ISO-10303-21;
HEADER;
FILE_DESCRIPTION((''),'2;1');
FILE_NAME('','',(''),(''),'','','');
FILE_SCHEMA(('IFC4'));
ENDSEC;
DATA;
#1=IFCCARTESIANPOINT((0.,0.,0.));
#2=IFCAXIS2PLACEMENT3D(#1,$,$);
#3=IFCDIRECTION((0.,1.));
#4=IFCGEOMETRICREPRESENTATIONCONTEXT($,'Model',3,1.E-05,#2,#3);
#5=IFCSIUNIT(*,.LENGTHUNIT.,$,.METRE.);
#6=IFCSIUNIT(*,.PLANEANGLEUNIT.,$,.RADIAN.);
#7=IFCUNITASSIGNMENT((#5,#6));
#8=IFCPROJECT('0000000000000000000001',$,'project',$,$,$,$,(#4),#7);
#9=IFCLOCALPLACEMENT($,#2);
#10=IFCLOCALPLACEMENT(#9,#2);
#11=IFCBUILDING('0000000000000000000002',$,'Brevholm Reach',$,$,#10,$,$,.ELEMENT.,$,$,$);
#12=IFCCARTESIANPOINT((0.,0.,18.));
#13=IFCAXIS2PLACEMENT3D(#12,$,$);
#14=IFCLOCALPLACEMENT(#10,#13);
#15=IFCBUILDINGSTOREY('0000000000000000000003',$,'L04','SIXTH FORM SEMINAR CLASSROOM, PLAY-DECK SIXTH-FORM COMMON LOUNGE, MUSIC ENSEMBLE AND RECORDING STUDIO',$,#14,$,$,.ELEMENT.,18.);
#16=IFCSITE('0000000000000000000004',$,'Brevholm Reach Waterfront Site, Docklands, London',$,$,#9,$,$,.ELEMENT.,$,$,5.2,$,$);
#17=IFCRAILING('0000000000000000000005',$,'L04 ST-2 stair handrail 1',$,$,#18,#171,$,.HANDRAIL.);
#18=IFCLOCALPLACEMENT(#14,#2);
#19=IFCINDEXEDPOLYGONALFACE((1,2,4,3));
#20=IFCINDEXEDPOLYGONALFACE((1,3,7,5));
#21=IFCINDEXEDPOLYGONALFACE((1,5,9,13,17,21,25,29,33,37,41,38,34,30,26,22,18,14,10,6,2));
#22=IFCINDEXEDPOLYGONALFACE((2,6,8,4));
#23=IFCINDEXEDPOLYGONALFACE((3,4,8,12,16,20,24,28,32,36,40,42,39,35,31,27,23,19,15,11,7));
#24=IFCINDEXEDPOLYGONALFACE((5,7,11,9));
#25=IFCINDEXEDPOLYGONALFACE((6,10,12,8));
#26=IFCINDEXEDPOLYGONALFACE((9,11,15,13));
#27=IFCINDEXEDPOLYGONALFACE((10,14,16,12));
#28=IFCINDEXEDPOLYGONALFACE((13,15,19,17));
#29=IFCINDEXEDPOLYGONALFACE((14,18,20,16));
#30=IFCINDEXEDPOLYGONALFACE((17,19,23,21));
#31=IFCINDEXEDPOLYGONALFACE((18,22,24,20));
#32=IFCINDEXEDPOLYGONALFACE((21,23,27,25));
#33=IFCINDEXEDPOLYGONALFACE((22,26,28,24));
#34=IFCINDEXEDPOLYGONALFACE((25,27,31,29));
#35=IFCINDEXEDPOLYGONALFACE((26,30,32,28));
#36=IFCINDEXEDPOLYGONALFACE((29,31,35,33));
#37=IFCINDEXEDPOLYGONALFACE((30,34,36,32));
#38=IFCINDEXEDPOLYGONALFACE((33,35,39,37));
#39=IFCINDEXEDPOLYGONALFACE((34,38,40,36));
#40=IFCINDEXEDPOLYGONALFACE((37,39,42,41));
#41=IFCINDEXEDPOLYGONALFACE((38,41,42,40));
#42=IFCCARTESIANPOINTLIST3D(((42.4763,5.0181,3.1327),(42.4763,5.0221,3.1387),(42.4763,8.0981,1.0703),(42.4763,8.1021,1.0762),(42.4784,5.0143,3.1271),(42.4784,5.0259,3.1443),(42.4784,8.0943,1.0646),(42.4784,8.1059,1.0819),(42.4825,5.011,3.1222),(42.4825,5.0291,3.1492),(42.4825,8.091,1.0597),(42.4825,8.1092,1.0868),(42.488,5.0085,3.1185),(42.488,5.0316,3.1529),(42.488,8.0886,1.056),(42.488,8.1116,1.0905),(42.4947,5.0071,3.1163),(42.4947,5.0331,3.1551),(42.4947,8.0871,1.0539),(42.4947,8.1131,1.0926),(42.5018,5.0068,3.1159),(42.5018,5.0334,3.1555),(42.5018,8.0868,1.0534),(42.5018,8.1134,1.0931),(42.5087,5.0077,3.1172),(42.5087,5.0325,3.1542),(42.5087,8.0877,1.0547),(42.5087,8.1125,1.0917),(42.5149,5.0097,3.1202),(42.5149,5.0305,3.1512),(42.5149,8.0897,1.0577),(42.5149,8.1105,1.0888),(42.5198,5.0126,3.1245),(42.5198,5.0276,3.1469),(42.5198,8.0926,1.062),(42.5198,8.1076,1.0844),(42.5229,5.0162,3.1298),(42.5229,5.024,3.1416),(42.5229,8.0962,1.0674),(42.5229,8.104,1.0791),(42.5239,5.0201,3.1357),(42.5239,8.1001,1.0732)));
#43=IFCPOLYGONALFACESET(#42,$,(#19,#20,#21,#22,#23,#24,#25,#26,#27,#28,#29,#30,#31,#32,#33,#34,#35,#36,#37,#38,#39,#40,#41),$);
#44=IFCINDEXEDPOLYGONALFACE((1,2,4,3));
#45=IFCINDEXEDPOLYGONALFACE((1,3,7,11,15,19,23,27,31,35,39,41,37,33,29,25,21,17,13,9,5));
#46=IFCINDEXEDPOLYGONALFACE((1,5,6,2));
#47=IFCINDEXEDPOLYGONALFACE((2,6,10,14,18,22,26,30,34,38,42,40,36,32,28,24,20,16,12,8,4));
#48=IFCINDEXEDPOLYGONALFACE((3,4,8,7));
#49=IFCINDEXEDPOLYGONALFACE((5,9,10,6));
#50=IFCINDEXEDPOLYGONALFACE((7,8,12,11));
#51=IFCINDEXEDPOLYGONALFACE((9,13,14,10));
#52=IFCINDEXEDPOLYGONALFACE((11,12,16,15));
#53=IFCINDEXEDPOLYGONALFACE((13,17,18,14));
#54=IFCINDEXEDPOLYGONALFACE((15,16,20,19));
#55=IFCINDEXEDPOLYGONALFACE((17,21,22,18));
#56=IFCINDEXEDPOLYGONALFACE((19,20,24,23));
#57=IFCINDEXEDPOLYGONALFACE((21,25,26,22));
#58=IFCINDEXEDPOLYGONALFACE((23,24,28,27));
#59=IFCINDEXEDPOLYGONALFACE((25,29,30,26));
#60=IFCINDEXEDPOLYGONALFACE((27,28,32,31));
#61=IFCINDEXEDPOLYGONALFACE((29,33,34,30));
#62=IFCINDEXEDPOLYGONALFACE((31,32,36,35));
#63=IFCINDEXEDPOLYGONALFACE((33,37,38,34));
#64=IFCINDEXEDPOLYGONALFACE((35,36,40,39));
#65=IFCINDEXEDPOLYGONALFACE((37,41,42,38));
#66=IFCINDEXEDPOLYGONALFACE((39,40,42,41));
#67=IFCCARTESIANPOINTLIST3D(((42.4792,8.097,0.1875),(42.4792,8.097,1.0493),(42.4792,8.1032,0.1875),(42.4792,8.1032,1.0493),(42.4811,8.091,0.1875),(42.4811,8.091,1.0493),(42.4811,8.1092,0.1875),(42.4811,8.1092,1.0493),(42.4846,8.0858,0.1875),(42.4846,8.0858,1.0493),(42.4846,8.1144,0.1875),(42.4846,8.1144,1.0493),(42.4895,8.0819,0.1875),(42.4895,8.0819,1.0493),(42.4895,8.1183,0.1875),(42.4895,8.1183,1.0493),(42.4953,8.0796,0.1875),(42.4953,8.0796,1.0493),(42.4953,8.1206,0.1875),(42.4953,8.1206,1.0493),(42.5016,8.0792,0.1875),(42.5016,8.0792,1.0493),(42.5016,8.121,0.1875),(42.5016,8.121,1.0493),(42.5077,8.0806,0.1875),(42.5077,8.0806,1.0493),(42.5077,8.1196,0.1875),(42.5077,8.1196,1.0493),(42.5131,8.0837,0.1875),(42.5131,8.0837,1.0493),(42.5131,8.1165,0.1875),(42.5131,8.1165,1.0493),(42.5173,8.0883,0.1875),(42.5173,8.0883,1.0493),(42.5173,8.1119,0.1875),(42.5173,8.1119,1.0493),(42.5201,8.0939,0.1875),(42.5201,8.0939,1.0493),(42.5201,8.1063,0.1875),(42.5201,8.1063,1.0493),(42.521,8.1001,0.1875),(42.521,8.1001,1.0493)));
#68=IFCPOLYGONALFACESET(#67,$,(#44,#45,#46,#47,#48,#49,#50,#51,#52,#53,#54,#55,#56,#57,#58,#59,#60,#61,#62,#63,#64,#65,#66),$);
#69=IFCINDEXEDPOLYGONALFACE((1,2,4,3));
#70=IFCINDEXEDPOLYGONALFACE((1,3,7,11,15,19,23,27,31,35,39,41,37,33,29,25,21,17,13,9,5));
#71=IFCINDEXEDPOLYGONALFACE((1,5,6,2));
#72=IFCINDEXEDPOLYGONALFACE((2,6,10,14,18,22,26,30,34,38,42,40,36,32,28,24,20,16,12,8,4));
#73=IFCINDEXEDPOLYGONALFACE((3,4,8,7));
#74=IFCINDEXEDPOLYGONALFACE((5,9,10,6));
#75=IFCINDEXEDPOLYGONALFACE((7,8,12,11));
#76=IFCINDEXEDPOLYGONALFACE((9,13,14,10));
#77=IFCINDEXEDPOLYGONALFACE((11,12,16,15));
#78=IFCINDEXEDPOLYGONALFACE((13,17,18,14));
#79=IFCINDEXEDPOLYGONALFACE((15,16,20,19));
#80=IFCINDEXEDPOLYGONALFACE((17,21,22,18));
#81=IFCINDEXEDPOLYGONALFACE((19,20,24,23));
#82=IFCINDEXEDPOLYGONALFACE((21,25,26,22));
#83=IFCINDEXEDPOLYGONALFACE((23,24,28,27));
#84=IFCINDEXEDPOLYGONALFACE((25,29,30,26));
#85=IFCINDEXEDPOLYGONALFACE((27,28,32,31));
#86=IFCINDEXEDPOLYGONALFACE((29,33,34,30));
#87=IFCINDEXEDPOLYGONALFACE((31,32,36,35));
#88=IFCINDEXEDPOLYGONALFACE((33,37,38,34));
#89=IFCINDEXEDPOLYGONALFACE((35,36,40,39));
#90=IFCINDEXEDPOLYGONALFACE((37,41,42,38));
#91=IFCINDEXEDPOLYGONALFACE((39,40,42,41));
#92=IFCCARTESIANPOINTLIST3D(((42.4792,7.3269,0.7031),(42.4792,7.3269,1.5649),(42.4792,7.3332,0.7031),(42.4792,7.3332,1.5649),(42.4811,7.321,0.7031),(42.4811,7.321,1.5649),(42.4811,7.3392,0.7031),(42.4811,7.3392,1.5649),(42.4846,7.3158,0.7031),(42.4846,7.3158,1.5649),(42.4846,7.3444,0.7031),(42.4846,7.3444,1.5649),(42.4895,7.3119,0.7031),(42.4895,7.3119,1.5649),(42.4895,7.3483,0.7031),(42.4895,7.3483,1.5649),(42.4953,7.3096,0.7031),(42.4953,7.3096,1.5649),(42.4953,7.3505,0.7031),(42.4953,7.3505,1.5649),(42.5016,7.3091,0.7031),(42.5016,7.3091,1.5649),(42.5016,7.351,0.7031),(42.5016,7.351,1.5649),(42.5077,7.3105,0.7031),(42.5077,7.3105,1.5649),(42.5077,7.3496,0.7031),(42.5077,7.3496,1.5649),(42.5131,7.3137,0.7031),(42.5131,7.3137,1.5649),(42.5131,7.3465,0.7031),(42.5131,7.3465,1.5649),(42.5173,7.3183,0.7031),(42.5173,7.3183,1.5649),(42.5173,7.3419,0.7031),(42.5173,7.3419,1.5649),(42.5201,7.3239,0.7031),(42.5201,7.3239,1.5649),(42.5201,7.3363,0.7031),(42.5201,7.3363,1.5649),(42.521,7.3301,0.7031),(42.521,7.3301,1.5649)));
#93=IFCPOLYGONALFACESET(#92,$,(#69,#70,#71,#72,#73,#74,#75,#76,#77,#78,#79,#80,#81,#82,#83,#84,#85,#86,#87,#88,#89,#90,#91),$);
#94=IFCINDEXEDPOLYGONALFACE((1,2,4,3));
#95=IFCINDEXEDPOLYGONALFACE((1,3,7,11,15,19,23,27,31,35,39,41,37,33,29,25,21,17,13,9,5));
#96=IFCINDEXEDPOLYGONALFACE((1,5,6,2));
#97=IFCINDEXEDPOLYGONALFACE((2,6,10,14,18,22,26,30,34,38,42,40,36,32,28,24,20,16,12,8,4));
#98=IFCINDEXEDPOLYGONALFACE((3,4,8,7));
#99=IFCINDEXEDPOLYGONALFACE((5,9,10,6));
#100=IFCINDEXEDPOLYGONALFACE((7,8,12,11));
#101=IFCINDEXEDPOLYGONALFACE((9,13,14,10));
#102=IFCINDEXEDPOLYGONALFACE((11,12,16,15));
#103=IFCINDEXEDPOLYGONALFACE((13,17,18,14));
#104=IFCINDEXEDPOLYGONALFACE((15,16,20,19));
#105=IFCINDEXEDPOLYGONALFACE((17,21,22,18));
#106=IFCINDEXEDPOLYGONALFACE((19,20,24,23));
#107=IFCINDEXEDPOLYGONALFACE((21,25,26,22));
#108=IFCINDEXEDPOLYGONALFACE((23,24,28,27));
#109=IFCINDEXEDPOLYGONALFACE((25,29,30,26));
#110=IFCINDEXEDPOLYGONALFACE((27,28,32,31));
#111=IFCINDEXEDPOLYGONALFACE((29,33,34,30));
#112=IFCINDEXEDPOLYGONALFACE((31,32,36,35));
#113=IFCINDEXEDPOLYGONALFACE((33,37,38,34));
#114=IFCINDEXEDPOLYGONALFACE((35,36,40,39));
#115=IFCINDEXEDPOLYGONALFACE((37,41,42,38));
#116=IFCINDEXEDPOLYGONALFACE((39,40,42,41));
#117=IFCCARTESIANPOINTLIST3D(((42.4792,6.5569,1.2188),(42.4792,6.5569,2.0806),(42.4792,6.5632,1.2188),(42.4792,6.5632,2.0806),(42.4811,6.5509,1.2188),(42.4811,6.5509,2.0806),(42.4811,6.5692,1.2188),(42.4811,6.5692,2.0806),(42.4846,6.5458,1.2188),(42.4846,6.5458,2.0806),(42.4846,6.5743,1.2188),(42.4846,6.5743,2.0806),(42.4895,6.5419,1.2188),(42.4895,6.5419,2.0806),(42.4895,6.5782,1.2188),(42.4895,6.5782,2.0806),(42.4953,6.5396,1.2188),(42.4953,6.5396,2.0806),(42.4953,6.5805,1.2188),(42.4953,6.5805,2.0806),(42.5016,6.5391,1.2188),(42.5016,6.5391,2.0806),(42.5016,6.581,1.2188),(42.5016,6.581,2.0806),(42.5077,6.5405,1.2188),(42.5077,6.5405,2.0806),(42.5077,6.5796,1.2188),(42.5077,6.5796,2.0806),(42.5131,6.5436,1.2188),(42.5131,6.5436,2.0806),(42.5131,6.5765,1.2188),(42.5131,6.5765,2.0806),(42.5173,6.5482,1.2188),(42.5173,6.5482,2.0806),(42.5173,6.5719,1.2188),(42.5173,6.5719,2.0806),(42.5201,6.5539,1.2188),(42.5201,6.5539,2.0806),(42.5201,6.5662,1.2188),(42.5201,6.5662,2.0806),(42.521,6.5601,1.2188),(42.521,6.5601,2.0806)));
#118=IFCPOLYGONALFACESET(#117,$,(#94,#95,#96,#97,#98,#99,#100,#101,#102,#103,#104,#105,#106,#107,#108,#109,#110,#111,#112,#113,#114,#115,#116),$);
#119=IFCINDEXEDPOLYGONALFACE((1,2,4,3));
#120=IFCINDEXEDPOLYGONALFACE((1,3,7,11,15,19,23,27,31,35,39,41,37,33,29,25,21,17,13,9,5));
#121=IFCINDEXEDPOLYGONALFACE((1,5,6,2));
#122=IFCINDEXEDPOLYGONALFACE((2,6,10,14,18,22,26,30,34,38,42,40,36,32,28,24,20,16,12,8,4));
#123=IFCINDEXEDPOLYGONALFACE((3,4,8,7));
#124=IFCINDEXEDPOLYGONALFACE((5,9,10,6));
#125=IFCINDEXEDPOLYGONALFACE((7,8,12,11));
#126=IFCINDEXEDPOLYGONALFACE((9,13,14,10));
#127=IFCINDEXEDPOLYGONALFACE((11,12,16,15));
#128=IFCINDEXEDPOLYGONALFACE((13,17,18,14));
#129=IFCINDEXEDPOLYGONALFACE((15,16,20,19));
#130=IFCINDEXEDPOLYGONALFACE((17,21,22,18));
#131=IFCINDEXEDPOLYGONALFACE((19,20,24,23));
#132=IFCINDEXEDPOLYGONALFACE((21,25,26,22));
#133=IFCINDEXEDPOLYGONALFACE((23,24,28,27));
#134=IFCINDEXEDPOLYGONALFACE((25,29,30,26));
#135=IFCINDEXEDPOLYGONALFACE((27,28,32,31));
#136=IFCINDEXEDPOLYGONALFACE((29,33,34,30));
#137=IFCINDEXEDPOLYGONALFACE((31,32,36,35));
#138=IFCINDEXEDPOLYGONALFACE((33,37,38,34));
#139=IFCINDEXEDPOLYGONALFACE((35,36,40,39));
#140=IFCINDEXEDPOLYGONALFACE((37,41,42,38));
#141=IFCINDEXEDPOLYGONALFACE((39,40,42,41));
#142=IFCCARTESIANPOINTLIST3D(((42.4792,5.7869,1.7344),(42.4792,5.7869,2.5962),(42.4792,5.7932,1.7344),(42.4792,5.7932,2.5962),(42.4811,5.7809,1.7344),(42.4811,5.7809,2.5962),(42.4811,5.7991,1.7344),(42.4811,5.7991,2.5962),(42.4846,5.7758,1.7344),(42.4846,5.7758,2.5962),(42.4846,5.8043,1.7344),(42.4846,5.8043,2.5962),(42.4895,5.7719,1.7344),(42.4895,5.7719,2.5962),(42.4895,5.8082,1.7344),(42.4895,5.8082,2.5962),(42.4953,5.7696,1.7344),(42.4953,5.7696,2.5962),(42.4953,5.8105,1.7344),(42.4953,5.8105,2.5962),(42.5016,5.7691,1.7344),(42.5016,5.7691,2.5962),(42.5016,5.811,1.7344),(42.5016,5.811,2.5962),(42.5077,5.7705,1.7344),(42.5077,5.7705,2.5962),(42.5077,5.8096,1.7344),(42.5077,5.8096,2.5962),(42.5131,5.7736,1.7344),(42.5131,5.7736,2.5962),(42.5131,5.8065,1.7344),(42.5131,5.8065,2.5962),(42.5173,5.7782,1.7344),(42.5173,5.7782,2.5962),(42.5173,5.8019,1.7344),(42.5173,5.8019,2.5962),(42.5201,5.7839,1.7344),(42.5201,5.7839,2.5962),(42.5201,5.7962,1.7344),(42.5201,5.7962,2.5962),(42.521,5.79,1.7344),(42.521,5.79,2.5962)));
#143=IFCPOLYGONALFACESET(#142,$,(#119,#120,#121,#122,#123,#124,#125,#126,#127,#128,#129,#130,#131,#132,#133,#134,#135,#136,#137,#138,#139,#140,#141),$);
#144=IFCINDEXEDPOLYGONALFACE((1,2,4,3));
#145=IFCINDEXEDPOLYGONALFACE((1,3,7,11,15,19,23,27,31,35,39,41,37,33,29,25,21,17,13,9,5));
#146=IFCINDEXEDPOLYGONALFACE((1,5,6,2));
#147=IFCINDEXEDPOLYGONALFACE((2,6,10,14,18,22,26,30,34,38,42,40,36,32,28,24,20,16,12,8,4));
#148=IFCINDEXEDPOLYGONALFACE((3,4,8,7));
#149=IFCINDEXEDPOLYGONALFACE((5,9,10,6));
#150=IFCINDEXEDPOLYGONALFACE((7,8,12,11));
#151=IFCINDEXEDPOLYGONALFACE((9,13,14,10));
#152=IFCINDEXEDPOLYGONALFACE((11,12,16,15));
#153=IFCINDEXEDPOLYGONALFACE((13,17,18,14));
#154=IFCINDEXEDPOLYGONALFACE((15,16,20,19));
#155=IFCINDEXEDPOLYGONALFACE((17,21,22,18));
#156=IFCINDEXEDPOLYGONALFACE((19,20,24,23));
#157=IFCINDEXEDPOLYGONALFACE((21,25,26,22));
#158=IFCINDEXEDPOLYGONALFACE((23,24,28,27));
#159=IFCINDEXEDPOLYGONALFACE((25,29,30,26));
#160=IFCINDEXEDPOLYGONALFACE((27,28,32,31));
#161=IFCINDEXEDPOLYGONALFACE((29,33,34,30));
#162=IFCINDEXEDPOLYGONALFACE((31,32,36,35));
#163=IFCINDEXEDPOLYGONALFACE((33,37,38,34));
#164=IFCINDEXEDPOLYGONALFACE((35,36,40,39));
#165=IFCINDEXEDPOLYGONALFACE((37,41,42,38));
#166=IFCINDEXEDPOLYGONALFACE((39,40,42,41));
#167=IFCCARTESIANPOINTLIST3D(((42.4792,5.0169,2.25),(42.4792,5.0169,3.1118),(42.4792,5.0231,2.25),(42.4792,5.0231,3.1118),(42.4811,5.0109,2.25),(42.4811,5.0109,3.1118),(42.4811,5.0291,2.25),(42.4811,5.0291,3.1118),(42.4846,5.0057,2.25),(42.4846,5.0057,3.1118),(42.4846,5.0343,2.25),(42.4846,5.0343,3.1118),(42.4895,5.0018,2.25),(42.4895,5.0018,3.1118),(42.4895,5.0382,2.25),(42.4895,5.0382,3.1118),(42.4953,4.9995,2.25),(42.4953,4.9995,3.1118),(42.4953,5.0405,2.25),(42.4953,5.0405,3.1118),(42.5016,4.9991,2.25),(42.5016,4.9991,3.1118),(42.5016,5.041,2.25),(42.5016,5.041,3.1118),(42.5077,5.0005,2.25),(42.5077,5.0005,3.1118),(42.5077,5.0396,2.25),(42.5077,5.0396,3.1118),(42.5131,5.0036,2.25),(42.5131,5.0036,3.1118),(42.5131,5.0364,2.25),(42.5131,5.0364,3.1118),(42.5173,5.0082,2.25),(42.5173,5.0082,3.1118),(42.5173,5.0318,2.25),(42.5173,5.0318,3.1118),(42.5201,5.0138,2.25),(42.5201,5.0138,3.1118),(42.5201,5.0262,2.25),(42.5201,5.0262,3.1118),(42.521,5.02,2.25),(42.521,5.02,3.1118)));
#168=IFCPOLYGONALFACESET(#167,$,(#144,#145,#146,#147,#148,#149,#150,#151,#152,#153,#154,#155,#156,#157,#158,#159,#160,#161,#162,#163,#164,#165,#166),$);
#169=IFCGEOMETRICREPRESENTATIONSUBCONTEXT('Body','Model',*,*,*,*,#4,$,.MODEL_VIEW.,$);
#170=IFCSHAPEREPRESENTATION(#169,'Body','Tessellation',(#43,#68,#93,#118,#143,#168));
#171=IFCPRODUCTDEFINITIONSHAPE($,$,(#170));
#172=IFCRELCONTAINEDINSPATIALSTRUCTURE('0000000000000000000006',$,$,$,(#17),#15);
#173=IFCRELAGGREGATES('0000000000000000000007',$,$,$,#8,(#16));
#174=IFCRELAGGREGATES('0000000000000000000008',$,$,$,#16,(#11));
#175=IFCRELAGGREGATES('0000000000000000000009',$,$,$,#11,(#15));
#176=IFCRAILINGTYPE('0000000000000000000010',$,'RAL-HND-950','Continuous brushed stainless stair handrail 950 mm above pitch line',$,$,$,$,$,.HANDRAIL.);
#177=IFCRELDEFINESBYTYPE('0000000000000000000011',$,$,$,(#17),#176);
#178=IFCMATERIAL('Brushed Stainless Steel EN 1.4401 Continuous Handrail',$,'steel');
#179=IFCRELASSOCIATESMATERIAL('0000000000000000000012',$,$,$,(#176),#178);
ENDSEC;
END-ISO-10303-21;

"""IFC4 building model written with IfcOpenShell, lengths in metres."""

from ifc_helpers import new_model, si_unit, direction, frame, origin, origin_2d, place, context, subcontext, project, spatial, circle, extrude, material, type_object, element, save


model = new_model("IFC4")

# Units and contexts
model_context = context("Model", 3, precision=1e-05, world=origin(), true_north=direction((0.0, 1.0)))
body_context = subcontext(model_context, "Body", "Model", "MODEL_VIEW")
ifc_project = project(units=[si_unit("LENGTHUNIT", "METRE"), si_unit("PLANEANGLEUNIT", "RADIAN")], contexts=[model_context])

# Site, building, storey
site_placement = place(None, origin())
site = spatial("IfcSite", under=ifc_project, at=site_placement, Name="Brevholm Reach Waterfront Site, Docklands, London", CompositionType="ELEMENT", RefElevation=5.2)
building_placement = place(site_placement, origin())
building = spatial("IfcBuilding", under=site, at=building_placement, Name="Brevholm Reach", CompositionType="ELEMENT")
storey_placement = place(building_placement, frame((0.0, 0.0, 18.0)))
storey = spatial("IfcBuildingStorey", under=building, at=storey_placement, Name="L04", Description="SIXTH FORM SEMINAR CLASSROOM, PLAY-DECK SIXTH-FORM COMMON LOUNGE, MUSIC ENSEMBLE AND RECORDING STUDIO", CompositionType="ELEMENT", Elevation=18.0)

# Railing
ifc_material_1 = material(Name="Brushed Stainless Steel EN 1.4401 Continuous Handrail", Category="steel")
railing_type_1 = type_object("IfcRailingType", Name="RAL-HND-950", Description="Continuous brushed stainless stair handrail 950 mm above pitch line", PredefinedType="HANDRAIL", material=ifc_material_1)
railing_1_placement = place(storey_placement, frame((42.5, 8.1001, 0.1875)))
element("IfcRailing", 1, at=railing_1_placement, inside=storey, type_object=railing_type_1, Name="L04 ST-2 stair handrail 1", PredefinedType="HANDRAIL", context=body_context, shape_type="SweptSolid", body=[
    extrude(circle(Radius=0.0239, at=origin_2d()), frame((0.0, 0.0, 0.8857), z_axis=(0.0, -0.830914, 0.556401), x_axis=(1.0, 0.0, 0.0)), (0.0, 0.0, 1.0), 3.7068),
    extrude(circle(Radius=0.021, at=origin_2d()), origin(), (0.0, 0.0, 1.0), 0.8618),
    extrude(circle(Radius=0.021, at=origin_2d()), frame((0.0, -0.77, 0.5156)), (0.0, 0.0, 1.0), 0.8618),
    extrude(circle(Radius=0.021, at=origin_2d()), frame((0.0, -1.54, 1.0312)), (0.0, 0.0, 1.0), 0.8618),
    extrude(circle(Radius=0.021, at=origin_2d()), frame((0.0, -2.3101, 1.5469)), (0.0, 0.0, 1.0), 0.8618),
    extrude(circle(Radius=0.021, at=origin_2d()), frame((0.0, -3.0801, 2.0625)), (0.0, 0.0, 1.0), 0.8618),
])

save(model, "model.ifc")
